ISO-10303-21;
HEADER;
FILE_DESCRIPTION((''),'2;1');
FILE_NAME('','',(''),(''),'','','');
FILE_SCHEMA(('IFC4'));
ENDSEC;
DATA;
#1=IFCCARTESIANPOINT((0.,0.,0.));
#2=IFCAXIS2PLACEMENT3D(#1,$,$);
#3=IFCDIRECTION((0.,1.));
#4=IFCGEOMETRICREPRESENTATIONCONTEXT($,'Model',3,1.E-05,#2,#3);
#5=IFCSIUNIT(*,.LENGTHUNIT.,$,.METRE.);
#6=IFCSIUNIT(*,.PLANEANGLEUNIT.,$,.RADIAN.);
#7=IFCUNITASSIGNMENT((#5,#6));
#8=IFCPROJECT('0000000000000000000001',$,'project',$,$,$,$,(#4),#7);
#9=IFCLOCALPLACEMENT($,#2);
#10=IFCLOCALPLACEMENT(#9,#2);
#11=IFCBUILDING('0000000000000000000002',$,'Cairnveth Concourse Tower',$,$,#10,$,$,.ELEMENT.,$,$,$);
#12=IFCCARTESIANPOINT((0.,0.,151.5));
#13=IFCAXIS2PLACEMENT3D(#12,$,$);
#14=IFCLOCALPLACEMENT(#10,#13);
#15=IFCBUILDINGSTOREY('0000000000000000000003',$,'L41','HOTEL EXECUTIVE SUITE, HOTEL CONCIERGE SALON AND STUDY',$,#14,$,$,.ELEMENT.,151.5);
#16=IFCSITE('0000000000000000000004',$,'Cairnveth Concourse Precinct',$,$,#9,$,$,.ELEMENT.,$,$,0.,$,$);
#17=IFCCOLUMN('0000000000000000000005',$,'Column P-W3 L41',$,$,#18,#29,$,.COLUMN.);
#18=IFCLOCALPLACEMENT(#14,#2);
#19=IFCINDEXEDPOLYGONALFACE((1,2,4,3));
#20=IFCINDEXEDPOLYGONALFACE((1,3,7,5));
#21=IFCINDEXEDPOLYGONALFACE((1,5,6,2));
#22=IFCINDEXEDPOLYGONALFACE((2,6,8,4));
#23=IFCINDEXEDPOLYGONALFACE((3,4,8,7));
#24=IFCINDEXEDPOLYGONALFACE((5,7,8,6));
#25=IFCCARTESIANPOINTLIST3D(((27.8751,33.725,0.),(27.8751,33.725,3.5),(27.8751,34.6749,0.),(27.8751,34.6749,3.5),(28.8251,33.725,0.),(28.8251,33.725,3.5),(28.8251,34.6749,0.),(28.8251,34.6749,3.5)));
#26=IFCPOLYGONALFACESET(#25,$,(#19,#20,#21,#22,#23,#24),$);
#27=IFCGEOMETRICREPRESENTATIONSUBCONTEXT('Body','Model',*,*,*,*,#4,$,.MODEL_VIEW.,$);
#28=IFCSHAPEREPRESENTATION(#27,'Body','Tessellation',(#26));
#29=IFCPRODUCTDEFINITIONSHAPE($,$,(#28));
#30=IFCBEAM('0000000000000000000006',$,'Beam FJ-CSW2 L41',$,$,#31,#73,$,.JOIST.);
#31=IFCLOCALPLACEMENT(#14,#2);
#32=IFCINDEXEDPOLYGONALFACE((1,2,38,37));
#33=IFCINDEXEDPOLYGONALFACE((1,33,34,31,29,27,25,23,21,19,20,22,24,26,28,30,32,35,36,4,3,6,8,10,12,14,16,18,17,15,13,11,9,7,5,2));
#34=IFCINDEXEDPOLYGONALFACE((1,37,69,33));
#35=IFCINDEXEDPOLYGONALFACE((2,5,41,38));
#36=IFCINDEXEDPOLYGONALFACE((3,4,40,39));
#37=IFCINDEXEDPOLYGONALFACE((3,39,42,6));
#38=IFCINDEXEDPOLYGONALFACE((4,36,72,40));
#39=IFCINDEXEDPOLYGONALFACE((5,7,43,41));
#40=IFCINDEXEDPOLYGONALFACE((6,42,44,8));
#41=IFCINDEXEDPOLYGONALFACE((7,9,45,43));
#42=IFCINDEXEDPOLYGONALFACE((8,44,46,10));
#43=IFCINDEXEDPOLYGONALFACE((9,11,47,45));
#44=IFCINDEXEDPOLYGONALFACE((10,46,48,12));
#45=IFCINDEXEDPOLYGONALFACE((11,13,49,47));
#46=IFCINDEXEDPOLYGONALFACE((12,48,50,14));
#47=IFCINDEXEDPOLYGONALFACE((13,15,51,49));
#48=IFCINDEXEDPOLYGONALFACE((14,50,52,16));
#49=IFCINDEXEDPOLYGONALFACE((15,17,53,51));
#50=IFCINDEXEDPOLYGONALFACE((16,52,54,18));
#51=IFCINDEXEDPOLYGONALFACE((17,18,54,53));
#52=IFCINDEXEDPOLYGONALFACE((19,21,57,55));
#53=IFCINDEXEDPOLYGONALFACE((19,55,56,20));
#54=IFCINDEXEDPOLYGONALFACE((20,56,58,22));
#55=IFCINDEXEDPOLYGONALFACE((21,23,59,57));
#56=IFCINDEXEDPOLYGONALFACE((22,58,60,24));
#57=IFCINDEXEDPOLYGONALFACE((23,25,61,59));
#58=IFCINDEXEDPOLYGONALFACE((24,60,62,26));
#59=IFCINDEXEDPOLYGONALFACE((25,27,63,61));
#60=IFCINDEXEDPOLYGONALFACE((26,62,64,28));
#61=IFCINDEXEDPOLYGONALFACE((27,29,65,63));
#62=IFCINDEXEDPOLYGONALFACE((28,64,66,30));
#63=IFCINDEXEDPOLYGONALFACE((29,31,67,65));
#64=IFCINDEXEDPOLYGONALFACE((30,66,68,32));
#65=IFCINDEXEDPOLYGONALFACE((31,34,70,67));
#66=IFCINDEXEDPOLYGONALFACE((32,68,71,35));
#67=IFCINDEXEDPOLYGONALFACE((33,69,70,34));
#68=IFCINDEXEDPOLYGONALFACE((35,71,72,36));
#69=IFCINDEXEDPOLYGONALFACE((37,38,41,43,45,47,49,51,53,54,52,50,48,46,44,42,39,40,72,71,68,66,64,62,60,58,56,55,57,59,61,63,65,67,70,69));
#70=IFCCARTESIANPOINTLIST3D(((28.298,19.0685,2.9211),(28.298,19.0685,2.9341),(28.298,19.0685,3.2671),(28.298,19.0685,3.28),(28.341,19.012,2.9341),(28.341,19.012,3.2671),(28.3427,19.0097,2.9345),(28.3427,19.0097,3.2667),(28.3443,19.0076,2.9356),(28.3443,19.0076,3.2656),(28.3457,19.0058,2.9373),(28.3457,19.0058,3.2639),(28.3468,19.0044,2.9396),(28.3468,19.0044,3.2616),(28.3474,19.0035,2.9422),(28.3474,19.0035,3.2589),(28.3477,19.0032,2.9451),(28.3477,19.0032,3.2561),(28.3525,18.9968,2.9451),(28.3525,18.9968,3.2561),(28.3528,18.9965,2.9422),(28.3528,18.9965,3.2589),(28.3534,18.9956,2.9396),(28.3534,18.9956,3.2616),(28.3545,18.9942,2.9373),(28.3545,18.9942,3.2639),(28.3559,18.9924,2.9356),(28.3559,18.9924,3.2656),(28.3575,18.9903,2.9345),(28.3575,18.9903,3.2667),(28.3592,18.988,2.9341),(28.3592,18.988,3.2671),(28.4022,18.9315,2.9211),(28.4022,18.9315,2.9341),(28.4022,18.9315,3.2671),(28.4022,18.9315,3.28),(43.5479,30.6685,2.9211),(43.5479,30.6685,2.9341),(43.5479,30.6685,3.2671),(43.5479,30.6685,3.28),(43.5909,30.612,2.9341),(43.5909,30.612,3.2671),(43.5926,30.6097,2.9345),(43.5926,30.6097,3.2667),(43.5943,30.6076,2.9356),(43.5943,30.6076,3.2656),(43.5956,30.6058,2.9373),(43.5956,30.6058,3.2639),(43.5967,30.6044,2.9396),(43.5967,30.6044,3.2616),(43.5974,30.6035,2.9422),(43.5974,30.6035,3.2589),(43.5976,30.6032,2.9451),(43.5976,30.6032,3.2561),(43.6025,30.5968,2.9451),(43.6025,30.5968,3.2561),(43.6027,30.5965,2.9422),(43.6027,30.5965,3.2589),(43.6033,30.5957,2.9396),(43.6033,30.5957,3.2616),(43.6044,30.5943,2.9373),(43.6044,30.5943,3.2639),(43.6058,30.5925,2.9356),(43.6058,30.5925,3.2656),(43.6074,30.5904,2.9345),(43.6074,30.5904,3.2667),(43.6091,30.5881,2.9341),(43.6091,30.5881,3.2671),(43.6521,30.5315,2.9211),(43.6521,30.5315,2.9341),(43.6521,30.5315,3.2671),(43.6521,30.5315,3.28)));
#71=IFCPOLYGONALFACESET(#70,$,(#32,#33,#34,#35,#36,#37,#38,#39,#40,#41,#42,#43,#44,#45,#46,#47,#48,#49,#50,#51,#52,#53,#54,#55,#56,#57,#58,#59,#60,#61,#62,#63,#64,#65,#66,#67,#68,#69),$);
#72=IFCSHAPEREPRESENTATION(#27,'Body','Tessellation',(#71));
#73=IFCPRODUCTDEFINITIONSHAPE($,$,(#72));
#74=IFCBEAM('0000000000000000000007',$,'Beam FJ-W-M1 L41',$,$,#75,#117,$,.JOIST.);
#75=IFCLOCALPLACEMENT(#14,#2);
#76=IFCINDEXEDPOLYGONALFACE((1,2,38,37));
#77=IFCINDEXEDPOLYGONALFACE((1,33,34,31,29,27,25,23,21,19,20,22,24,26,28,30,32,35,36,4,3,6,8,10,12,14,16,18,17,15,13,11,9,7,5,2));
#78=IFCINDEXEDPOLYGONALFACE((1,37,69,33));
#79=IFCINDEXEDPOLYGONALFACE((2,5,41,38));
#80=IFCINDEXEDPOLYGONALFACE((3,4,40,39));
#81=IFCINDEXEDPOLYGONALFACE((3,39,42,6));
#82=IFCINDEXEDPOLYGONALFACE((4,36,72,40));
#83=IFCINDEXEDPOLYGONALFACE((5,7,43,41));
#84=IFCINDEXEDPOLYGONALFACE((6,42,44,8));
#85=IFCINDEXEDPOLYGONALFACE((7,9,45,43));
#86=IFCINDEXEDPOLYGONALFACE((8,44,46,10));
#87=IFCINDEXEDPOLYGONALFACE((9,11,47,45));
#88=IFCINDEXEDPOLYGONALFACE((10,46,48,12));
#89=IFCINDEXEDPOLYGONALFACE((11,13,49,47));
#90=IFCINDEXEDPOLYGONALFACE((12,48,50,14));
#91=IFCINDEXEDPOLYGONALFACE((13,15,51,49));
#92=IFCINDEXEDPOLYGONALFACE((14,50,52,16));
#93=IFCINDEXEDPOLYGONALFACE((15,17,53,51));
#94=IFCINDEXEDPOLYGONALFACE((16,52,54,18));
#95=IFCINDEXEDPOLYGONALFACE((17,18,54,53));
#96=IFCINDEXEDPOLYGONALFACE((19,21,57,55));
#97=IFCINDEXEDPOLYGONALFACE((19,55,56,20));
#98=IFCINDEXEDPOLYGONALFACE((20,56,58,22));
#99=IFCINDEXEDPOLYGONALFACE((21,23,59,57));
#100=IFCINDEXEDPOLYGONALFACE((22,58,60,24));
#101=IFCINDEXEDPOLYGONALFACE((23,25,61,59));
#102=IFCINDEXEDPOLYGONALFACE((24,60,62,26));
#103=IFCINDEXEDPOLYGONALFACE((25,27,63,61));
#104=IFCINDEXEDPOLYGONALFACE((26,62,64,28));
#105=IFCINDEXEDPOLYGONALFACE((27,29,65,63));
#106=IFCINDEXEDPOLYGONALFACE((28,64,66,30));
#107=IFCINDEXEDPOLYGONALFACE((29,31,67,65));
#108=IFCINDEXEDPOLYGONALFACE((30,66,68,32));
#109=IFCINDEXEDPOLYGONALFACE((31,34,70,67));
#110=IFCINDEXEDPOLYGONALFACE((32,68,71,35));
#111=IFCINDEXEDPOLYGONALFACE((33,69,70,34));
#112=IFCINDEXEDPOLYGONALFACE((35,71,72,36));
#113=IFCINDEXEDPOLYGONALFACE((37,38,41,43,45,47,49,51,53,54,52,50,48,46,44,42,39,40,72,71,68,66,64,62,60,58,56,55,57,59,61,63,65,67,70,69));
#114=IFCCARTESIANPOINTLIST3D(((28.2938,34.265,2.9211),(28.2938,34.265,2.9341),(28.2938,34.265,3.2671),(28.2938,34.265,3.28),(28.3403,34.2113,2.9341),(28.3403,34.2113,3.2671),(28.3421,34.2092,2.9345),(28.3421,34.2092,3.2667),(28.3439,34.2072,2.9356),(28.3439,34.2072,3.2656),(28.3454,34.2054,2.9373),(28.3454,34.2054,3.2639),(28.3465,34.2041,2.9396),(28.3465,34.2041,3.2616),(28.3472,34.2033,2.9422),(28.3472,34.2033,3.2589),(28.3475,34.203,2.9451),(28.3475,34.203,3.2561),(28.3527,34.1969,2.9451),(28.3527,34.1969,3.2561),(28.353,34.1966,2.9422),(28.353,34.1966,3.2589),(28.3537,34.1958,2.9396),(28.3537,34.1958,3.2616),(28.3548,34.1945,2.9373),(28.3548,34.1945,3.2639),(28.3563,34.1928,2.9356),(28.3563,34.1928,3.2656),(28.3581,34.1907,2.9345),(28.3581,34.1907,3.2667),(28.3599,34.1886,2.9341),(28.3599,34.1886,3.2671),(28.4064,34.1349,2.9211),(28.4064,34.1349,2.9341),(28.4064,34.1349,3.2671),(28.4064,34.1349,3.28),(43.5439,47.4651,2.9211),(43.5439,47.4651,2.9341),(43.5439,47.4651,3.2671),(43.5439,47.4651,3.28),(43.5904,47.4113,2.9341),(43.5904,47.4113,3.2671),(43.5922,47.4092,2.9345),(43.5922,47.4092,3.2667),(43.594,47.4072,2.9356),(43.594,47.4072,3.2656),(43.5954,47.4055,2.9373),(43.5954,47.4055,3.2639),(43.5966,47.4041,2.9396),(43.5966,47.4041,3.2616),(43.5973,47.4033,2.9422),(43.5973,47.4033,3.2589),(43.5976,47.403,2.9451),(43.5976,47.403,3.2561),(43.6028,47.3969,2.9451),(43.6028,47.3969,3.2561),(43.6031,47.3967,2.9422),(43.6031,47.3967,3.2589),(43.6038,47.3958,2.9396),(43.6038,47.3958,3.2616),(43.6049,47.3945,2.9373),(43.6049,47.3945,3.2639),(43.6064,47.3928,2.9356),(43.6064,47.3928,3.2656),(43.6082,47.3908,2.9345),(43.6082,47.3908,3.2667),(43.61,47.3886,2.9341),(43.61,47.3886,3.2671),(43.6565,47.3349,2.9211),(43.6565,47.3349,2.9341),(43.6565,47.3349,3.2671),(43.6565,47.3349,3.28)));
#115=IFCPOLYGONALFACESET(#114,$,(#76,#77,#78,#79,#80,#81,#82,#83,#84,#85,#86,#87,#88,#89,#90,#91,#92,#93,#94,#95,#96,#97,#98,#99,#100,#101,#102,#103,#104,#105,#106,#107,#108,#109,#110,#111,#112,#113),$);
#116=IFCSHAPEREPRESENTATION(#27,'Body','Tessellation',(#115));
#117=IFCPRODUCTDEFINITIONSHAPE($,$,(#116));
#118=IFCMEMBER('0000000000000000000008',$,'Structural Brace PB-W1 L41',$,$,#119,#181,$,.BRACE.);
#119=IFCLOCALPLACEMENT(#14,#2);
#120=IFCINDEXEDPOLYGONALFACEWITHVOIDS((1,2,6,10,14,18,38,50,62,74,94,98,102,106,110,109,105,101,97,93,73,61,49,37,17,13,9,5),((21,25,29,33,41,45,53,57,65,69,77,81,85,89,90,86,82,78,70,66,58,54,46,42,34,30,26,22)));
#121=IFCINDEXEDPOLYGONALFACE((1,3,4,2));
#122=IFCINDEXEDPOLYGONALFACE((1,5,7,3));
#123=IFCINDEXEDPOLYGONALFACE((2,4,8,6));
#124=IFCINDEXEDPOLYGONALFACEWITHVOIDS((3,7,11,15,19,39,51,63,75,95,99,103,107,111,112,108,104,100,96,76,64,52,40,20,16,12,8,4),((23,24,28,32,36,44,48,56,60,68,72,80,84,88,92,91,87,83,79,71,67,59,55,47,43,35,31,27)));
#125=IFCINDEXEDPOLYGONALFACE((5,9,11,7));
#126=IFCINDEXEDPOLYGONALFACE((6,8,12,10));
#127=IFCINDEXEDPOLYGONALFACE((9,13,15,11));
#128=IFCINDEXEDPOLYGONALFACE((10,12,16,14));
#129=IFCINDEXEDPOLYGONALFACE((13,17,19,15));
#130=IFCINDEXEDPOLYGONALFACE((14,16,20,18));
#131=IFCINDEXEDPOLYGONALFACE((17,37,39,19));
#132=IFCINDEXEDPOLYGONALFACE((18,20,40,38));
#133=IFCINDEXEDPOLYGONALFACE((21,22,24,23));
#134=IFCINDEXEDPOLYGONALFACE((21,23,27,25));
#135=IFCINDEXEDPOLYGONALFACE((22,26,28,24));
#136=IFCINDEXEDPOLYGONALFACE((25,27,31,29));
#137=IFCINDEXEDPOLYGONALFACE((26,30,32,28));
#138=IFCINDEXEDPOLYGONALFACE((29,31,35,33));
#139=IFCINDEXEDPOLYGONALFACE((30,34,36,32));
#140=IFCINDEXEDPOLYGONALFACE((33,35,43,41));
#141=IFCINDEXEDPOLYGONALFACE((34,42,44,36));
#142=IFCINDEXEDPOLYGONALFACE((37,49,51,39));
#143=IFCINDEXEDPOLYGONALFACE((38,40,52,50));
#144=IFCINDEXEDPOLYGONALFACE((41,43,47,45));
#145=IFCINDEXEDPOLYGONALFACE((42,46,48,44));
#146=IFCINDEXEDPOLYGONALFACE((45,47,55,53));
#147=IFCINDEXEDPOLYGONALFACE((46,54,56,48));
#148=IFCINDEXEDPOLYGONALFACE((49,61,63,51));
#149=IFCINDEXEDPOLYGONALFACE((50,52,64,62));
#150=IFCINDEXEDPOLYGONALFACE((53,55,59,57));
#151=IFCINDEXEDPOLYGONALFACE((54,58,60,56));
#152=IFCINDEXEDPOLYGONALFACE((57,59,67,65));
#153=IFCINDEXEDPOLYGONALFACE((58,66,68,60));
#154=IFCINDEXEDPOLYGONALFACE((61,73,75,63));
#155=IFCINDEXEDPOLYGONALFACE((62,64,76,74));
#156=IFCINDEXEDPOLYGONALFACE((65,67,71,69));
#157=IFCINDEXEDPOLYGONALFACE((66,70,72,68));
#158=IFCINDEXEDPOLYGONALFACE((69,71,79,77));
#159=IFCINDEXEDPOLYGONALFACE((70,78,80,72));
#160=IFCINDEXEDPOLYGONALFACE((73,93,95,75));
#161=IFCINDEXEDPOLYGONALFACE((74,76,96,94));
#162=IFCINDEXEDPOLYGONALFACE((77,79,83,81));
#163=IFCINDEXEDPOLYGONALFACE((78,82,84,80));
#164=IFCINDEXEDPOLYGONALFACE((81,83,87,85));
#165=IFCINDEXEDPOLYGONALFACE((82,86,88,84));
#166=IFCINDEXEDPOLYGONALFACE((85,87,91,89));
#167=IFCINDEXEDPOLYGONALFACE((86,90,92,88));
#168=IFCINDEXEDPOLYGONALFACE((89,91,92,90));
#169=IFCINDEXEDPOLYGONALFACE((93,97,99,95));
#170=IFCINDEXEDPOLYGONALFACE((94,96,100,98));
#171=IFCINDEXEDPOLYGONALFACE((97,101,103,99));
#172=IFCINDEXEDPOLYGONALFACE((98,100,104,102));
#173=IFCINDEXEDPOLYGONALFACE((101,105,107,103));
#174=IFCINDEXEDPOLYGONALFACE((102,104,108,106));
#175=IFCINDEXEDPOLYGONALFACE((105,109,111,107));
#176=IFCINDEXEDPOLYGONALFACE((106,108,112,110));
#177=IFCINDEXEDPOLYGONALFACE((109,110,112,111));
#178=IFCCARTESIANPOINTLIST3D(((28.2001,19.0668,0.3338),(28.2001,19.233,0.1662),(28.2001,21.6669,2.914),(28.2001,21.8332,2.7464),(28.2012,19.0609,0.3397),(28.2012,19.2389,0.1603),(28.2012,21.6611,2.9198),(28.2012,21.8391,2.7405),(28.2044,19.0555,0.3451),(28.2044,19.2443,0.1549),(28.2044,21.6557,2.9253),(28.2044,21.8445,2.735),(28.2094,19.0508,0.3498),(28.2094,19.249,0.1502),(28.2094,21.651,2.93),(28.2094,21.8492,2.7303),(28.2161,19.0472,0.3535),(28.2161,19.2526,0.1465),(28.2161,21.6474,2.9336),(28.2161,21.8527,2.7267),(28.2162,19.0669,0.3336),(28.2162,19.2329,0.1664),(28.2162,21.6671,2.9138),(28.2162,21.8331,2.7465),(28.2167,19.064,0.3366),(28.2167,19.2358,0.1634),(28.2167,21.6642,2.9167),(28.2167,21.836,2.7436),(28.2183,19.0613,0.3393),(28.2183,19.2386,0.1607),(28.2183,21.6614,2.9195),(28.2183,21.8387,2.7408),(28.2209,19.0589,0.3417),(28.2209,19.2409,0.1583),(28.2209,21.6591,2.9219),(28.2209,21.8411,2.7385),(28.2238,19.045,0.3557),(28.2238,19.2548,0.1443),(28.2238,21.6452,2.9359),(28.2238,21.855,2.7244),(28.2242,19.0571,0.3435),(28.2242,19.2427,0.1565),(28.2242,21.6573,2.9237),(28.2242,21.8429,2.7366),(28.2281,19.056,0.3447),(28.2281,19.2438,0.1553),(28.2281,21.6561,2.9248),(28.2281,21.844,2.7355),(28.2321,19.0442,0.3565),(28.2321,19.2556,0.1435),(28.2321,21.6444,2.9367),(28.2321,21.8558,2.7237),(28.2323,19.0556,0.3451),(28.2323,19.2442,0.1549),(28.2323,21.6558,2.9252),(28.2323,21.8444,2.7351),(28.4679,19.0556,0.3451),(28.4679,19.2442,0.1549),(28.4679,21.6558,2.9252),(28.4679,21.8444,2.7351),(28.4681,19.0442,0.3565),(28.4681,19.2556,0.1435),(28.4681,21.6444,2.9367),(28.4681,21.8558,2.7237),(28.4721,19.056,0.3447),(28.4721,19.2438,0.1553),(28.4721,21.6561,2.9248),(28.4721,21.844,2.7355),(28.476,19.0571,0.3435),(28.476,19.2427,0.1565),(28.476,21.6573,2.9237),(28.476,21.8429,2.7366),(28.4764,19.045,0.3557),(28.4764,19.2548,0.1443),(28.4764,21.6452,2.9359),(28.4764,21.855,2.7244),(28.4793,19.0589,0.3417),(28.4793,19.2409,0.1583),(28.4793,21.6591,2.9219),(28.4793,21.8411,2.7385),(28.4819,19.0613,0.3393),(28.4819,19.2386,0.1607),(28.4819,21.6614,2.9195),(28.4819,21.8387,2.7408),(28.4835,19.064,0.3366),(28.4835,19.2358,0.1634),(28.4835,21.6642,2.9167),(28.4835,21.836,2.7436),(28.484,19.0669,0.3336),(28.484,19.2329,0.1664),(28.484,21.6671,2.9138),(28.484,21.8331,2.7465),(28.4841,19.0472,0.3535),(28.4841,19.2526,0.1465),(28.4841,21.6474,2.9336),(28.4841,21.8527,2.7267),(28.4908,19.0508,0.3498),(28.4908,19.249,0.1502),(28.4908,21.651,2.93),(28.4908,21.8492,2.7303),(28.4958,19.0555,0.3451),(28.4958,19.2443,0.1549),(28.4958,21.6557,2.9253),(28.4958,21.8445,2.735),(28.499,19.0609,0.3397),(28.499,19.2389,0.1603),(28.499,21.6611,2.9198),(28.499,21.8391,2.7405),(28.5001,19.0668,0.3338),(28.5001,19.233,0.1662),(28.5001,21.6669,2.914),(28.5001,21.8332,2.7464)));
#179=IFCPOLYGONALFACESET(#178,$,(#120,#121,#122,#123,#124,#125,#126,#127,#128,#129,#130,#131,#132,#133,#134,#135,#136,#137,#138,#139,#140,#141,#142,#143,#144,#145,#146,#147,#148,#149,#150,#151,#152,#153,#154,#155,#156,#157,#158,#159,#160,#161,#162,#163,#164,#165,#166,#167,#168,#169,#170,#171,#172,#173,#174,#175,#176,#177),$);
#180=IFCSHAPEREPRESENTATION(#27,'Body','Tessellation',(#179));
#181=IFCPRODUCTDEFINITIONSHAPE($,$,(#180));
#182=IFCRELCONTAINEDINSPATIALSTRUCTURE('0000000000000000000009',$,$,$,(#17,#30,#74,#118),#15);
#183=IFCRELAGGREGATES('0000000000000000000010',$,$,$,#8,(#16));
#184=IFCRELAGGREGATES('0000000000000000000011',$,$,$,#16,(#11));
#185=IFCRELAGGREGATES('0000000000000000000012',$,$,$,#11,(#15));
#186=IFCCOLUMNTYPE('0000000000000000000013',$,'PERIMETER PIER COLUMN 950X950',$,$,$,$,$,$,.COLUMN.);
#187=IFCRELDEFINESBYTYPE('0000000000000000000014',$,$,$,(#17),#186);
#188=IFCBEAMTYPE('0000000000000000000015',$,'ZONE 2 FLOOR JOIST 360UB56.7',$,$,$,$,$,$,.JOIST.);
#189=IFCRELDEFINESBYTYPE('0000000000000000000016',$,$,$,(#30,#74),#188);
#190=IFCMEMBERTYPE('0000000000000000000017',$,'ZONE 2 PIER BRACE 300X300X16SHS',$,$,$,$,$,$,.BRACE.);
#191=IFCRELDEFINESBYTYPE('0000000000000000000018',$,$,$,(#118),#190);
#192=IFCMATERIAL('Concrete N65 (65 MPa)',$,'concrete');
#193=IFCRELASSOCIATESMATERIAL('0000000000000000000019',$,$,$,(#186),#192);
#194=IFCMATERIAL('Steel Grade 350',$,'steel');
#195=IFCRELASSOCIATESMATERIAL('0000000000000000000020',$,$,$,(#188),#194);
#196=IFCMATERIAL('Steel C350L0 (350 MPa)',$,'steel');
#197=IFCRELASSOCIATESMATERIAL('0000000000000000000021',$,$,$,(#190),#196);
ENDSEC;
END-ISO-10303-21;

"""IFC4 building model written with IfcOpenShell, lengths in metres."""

from ifc_helpers import new_model, si_unit, direction, frame, origin, origin_2d, place, context, subcontext, project, spatial, rectangle, hollow_rectangle, i_section, extrude, material, material_profile, profile_set, type_object, element, save


model = new_model("IFC4")

# Units and contexts
model_context = context("Model", 3, precision=1e-05, world=origin(), true_north=direction((0.0, 1.0)))
body_context = subcontext(model_context, "Body", "Model", "MODEL_VIEW")
ifc_project = project(units=[si_unit("LENGTHUNIT", "METRE"), si_unit("PLANEANGLEUNIT", "RADIAN")], contexts=[model_context])

# Site, building, storey
site_placement = place(None, origin())
site = spatial("IfcSite", under=ifc_project, at=site_placement, Name="Cairnveth Concourse Precinct", CompositionType="ELEMENT", RefElevation=0.0)
building_placement = place(site_placement, origin())
building = spatial("IfcBuilding", under=site, at=building_placement, Name="Cairnveth Concourse Tower", CompositionType="ELEMENT")
storey_placement = place(building_placement, frame((0.0, 0.0, 151.5)))
storey = spatial("IfcBuildingStorey", under=building, at=storey_placement, Name="L41", Description="HOTEL EXECUTIVE SUITE, HOTEL CONCIERGE SALON AND STUDY", CompositionType="ELEMENT", Elevation=151.5)

# Column
ifc_material_1 = material(Name="Concrete N65 (65 MPa)", Category="concrete")
ifc_material_profile_1 = material_profile(ifc_material_1, rectangle(XDim=0.95, YDim=0.95, at=origin_2d()), Name="RC-COL-950x950")
ifc_profile_set_1 = profile_set([ifc_material_profile_1], Name="Concrete N65 (65 MPa)")
column_type = type_object("IfcColumnType", Name="PERIMETER PIER COLUMN 950X950", PredefinedType="COLUMN", material=ifc_profile_set_1)
column_placement = place(storey_placement, frame((28.3501, 34.2, 0.0), z_axis=(0.0, 0.0, 1.0), x_axis=(0.0, 1.0, 0.0)))
element("IfcColumn", 1, at=column_placement, inside=storey, type_object=column_type, Name="Column P-W3 L41", PredefinedType="COLUMN", context=body_context, shape_type="SweptSolid", body=[
    extrude(rectangle(XDim=0.95, YDim=0.95, at=origin_2d()), origin(), (0.0, 0.0, 1.0), 3.5),
])

# Beams
ifc_material_2 = material(Name="Steel Grade 350", Category="steel")
ifc_material_profile_2 = material_profile(ifc_material_2, i_section(OverallWidth=0.1721, OverallDepth=0.3589, WebThickness=0.0081, FlangeThickness=0.0129, FilletRadius=0.011, at=origin_2d()), Name="360UB56.7")
ifc_profile_set_2 = profile_set([ifc_material_profile_2], Name="Steel Grade 350")
beam_type_1 = type_object("IfcBeamType", Name="ZONE 2 FLOOR JOIST 360UB56.7", PredefinedType="JOIST", material=ifc_profile_set_2)
beam_1_placement = place(storey_placement, frame((28.3501, 19.0, 3.1006), z_axis=(0.795908, 0.605417, 0.0), x_axis=(-0.605417, 0.795908, 0.0)))
element("IfcBeam", 2, at=beam_1_placement, inside=storey, type_object=beam_type_1, Name="Beam FJ-CSW2 L41", PredefinedType="JOIST", context=body_context, shape_type="SweptSolid", body=[
    extrude(i_section(OverallWidth=0.1721, OverallDepth=0.3589, WebThickness=0.0081, FlangeThickness=0.0129, FilletRadius=0.011, at=origin_2d()), origin(), (0.0, 0.0, 1.0), 19.1604),
])
beam_2_placement = place(storey_placement, frame((28.3501, 34.2, 3.1006), z_axis=(0.756099, 0.654457, 0.0), x_axis=(-0.654457, 0.756099, 0.0)))
element("IfcBeam", 3, at=beam_2_placement, inside=storey, type_object=beam_type_1, Name="Beam FJ-W-M1 L41", PredefinedType="JOIST", context=body_context, shape_type="SweptSolid", body=[
    extrude(i_section(OverallWidth=0.1721, OverallDepth=0.3589, WebThickness=0.0081, FlangeThickness=0.0129, FilletRadius=0.011, at=origin_2d()), origin(), (0.0, 0.0, 1.0), 20.1694),
])

# Member
ifc_material_3 = material(Name="Steel C350L0 (350 MPa)", Category="steel")
ifc_material_profile_3 = material_profile(ifc_material_3, hollow_rectangle(XDim=0.3, YDim=0.3, WallThickness=0.0161, InnerFilletRadius=0.0161, OuterFilletRadius=0.032, at=origin_2d()), Name="300x300x16.0SHS")
ifc_profile_set_3 = profile_set([ifc_material_profile_3], Name="Steel C350L0 (350 MPa)")
member_type = type_object("IfcMemberType", Name="ZONE 2 PIER BRACE 300X300X16SHS", PredefinedType="BRACE", material=ifc_profile_set_3)
member_placement = place(storey_placement, frame((28.3501, 19.1499, 0.25), z_axis=(0.0, 0.709834, 0.704369), x_axis=(-1.0, 0.0, 0.0)))
element("IfcMember", 4, at=member_placement, inside=storey, type_object=member_type, Name="Structural Brace PB-W1 L41", PredefinedType="BRACE", context=body_context, shape_type="SweptSolid", body=[
    extrude(hollow_rectangle(XDim=0.3, YDim=0.3, WallThickness=0.0161, InnerFilletRadius=0.0161, OuterFilletRadius=0.032, at=origin_2d()), origin(), (0.0, 0.0, 1.0), 3.6631),
])

save(model, "model.ifc")
